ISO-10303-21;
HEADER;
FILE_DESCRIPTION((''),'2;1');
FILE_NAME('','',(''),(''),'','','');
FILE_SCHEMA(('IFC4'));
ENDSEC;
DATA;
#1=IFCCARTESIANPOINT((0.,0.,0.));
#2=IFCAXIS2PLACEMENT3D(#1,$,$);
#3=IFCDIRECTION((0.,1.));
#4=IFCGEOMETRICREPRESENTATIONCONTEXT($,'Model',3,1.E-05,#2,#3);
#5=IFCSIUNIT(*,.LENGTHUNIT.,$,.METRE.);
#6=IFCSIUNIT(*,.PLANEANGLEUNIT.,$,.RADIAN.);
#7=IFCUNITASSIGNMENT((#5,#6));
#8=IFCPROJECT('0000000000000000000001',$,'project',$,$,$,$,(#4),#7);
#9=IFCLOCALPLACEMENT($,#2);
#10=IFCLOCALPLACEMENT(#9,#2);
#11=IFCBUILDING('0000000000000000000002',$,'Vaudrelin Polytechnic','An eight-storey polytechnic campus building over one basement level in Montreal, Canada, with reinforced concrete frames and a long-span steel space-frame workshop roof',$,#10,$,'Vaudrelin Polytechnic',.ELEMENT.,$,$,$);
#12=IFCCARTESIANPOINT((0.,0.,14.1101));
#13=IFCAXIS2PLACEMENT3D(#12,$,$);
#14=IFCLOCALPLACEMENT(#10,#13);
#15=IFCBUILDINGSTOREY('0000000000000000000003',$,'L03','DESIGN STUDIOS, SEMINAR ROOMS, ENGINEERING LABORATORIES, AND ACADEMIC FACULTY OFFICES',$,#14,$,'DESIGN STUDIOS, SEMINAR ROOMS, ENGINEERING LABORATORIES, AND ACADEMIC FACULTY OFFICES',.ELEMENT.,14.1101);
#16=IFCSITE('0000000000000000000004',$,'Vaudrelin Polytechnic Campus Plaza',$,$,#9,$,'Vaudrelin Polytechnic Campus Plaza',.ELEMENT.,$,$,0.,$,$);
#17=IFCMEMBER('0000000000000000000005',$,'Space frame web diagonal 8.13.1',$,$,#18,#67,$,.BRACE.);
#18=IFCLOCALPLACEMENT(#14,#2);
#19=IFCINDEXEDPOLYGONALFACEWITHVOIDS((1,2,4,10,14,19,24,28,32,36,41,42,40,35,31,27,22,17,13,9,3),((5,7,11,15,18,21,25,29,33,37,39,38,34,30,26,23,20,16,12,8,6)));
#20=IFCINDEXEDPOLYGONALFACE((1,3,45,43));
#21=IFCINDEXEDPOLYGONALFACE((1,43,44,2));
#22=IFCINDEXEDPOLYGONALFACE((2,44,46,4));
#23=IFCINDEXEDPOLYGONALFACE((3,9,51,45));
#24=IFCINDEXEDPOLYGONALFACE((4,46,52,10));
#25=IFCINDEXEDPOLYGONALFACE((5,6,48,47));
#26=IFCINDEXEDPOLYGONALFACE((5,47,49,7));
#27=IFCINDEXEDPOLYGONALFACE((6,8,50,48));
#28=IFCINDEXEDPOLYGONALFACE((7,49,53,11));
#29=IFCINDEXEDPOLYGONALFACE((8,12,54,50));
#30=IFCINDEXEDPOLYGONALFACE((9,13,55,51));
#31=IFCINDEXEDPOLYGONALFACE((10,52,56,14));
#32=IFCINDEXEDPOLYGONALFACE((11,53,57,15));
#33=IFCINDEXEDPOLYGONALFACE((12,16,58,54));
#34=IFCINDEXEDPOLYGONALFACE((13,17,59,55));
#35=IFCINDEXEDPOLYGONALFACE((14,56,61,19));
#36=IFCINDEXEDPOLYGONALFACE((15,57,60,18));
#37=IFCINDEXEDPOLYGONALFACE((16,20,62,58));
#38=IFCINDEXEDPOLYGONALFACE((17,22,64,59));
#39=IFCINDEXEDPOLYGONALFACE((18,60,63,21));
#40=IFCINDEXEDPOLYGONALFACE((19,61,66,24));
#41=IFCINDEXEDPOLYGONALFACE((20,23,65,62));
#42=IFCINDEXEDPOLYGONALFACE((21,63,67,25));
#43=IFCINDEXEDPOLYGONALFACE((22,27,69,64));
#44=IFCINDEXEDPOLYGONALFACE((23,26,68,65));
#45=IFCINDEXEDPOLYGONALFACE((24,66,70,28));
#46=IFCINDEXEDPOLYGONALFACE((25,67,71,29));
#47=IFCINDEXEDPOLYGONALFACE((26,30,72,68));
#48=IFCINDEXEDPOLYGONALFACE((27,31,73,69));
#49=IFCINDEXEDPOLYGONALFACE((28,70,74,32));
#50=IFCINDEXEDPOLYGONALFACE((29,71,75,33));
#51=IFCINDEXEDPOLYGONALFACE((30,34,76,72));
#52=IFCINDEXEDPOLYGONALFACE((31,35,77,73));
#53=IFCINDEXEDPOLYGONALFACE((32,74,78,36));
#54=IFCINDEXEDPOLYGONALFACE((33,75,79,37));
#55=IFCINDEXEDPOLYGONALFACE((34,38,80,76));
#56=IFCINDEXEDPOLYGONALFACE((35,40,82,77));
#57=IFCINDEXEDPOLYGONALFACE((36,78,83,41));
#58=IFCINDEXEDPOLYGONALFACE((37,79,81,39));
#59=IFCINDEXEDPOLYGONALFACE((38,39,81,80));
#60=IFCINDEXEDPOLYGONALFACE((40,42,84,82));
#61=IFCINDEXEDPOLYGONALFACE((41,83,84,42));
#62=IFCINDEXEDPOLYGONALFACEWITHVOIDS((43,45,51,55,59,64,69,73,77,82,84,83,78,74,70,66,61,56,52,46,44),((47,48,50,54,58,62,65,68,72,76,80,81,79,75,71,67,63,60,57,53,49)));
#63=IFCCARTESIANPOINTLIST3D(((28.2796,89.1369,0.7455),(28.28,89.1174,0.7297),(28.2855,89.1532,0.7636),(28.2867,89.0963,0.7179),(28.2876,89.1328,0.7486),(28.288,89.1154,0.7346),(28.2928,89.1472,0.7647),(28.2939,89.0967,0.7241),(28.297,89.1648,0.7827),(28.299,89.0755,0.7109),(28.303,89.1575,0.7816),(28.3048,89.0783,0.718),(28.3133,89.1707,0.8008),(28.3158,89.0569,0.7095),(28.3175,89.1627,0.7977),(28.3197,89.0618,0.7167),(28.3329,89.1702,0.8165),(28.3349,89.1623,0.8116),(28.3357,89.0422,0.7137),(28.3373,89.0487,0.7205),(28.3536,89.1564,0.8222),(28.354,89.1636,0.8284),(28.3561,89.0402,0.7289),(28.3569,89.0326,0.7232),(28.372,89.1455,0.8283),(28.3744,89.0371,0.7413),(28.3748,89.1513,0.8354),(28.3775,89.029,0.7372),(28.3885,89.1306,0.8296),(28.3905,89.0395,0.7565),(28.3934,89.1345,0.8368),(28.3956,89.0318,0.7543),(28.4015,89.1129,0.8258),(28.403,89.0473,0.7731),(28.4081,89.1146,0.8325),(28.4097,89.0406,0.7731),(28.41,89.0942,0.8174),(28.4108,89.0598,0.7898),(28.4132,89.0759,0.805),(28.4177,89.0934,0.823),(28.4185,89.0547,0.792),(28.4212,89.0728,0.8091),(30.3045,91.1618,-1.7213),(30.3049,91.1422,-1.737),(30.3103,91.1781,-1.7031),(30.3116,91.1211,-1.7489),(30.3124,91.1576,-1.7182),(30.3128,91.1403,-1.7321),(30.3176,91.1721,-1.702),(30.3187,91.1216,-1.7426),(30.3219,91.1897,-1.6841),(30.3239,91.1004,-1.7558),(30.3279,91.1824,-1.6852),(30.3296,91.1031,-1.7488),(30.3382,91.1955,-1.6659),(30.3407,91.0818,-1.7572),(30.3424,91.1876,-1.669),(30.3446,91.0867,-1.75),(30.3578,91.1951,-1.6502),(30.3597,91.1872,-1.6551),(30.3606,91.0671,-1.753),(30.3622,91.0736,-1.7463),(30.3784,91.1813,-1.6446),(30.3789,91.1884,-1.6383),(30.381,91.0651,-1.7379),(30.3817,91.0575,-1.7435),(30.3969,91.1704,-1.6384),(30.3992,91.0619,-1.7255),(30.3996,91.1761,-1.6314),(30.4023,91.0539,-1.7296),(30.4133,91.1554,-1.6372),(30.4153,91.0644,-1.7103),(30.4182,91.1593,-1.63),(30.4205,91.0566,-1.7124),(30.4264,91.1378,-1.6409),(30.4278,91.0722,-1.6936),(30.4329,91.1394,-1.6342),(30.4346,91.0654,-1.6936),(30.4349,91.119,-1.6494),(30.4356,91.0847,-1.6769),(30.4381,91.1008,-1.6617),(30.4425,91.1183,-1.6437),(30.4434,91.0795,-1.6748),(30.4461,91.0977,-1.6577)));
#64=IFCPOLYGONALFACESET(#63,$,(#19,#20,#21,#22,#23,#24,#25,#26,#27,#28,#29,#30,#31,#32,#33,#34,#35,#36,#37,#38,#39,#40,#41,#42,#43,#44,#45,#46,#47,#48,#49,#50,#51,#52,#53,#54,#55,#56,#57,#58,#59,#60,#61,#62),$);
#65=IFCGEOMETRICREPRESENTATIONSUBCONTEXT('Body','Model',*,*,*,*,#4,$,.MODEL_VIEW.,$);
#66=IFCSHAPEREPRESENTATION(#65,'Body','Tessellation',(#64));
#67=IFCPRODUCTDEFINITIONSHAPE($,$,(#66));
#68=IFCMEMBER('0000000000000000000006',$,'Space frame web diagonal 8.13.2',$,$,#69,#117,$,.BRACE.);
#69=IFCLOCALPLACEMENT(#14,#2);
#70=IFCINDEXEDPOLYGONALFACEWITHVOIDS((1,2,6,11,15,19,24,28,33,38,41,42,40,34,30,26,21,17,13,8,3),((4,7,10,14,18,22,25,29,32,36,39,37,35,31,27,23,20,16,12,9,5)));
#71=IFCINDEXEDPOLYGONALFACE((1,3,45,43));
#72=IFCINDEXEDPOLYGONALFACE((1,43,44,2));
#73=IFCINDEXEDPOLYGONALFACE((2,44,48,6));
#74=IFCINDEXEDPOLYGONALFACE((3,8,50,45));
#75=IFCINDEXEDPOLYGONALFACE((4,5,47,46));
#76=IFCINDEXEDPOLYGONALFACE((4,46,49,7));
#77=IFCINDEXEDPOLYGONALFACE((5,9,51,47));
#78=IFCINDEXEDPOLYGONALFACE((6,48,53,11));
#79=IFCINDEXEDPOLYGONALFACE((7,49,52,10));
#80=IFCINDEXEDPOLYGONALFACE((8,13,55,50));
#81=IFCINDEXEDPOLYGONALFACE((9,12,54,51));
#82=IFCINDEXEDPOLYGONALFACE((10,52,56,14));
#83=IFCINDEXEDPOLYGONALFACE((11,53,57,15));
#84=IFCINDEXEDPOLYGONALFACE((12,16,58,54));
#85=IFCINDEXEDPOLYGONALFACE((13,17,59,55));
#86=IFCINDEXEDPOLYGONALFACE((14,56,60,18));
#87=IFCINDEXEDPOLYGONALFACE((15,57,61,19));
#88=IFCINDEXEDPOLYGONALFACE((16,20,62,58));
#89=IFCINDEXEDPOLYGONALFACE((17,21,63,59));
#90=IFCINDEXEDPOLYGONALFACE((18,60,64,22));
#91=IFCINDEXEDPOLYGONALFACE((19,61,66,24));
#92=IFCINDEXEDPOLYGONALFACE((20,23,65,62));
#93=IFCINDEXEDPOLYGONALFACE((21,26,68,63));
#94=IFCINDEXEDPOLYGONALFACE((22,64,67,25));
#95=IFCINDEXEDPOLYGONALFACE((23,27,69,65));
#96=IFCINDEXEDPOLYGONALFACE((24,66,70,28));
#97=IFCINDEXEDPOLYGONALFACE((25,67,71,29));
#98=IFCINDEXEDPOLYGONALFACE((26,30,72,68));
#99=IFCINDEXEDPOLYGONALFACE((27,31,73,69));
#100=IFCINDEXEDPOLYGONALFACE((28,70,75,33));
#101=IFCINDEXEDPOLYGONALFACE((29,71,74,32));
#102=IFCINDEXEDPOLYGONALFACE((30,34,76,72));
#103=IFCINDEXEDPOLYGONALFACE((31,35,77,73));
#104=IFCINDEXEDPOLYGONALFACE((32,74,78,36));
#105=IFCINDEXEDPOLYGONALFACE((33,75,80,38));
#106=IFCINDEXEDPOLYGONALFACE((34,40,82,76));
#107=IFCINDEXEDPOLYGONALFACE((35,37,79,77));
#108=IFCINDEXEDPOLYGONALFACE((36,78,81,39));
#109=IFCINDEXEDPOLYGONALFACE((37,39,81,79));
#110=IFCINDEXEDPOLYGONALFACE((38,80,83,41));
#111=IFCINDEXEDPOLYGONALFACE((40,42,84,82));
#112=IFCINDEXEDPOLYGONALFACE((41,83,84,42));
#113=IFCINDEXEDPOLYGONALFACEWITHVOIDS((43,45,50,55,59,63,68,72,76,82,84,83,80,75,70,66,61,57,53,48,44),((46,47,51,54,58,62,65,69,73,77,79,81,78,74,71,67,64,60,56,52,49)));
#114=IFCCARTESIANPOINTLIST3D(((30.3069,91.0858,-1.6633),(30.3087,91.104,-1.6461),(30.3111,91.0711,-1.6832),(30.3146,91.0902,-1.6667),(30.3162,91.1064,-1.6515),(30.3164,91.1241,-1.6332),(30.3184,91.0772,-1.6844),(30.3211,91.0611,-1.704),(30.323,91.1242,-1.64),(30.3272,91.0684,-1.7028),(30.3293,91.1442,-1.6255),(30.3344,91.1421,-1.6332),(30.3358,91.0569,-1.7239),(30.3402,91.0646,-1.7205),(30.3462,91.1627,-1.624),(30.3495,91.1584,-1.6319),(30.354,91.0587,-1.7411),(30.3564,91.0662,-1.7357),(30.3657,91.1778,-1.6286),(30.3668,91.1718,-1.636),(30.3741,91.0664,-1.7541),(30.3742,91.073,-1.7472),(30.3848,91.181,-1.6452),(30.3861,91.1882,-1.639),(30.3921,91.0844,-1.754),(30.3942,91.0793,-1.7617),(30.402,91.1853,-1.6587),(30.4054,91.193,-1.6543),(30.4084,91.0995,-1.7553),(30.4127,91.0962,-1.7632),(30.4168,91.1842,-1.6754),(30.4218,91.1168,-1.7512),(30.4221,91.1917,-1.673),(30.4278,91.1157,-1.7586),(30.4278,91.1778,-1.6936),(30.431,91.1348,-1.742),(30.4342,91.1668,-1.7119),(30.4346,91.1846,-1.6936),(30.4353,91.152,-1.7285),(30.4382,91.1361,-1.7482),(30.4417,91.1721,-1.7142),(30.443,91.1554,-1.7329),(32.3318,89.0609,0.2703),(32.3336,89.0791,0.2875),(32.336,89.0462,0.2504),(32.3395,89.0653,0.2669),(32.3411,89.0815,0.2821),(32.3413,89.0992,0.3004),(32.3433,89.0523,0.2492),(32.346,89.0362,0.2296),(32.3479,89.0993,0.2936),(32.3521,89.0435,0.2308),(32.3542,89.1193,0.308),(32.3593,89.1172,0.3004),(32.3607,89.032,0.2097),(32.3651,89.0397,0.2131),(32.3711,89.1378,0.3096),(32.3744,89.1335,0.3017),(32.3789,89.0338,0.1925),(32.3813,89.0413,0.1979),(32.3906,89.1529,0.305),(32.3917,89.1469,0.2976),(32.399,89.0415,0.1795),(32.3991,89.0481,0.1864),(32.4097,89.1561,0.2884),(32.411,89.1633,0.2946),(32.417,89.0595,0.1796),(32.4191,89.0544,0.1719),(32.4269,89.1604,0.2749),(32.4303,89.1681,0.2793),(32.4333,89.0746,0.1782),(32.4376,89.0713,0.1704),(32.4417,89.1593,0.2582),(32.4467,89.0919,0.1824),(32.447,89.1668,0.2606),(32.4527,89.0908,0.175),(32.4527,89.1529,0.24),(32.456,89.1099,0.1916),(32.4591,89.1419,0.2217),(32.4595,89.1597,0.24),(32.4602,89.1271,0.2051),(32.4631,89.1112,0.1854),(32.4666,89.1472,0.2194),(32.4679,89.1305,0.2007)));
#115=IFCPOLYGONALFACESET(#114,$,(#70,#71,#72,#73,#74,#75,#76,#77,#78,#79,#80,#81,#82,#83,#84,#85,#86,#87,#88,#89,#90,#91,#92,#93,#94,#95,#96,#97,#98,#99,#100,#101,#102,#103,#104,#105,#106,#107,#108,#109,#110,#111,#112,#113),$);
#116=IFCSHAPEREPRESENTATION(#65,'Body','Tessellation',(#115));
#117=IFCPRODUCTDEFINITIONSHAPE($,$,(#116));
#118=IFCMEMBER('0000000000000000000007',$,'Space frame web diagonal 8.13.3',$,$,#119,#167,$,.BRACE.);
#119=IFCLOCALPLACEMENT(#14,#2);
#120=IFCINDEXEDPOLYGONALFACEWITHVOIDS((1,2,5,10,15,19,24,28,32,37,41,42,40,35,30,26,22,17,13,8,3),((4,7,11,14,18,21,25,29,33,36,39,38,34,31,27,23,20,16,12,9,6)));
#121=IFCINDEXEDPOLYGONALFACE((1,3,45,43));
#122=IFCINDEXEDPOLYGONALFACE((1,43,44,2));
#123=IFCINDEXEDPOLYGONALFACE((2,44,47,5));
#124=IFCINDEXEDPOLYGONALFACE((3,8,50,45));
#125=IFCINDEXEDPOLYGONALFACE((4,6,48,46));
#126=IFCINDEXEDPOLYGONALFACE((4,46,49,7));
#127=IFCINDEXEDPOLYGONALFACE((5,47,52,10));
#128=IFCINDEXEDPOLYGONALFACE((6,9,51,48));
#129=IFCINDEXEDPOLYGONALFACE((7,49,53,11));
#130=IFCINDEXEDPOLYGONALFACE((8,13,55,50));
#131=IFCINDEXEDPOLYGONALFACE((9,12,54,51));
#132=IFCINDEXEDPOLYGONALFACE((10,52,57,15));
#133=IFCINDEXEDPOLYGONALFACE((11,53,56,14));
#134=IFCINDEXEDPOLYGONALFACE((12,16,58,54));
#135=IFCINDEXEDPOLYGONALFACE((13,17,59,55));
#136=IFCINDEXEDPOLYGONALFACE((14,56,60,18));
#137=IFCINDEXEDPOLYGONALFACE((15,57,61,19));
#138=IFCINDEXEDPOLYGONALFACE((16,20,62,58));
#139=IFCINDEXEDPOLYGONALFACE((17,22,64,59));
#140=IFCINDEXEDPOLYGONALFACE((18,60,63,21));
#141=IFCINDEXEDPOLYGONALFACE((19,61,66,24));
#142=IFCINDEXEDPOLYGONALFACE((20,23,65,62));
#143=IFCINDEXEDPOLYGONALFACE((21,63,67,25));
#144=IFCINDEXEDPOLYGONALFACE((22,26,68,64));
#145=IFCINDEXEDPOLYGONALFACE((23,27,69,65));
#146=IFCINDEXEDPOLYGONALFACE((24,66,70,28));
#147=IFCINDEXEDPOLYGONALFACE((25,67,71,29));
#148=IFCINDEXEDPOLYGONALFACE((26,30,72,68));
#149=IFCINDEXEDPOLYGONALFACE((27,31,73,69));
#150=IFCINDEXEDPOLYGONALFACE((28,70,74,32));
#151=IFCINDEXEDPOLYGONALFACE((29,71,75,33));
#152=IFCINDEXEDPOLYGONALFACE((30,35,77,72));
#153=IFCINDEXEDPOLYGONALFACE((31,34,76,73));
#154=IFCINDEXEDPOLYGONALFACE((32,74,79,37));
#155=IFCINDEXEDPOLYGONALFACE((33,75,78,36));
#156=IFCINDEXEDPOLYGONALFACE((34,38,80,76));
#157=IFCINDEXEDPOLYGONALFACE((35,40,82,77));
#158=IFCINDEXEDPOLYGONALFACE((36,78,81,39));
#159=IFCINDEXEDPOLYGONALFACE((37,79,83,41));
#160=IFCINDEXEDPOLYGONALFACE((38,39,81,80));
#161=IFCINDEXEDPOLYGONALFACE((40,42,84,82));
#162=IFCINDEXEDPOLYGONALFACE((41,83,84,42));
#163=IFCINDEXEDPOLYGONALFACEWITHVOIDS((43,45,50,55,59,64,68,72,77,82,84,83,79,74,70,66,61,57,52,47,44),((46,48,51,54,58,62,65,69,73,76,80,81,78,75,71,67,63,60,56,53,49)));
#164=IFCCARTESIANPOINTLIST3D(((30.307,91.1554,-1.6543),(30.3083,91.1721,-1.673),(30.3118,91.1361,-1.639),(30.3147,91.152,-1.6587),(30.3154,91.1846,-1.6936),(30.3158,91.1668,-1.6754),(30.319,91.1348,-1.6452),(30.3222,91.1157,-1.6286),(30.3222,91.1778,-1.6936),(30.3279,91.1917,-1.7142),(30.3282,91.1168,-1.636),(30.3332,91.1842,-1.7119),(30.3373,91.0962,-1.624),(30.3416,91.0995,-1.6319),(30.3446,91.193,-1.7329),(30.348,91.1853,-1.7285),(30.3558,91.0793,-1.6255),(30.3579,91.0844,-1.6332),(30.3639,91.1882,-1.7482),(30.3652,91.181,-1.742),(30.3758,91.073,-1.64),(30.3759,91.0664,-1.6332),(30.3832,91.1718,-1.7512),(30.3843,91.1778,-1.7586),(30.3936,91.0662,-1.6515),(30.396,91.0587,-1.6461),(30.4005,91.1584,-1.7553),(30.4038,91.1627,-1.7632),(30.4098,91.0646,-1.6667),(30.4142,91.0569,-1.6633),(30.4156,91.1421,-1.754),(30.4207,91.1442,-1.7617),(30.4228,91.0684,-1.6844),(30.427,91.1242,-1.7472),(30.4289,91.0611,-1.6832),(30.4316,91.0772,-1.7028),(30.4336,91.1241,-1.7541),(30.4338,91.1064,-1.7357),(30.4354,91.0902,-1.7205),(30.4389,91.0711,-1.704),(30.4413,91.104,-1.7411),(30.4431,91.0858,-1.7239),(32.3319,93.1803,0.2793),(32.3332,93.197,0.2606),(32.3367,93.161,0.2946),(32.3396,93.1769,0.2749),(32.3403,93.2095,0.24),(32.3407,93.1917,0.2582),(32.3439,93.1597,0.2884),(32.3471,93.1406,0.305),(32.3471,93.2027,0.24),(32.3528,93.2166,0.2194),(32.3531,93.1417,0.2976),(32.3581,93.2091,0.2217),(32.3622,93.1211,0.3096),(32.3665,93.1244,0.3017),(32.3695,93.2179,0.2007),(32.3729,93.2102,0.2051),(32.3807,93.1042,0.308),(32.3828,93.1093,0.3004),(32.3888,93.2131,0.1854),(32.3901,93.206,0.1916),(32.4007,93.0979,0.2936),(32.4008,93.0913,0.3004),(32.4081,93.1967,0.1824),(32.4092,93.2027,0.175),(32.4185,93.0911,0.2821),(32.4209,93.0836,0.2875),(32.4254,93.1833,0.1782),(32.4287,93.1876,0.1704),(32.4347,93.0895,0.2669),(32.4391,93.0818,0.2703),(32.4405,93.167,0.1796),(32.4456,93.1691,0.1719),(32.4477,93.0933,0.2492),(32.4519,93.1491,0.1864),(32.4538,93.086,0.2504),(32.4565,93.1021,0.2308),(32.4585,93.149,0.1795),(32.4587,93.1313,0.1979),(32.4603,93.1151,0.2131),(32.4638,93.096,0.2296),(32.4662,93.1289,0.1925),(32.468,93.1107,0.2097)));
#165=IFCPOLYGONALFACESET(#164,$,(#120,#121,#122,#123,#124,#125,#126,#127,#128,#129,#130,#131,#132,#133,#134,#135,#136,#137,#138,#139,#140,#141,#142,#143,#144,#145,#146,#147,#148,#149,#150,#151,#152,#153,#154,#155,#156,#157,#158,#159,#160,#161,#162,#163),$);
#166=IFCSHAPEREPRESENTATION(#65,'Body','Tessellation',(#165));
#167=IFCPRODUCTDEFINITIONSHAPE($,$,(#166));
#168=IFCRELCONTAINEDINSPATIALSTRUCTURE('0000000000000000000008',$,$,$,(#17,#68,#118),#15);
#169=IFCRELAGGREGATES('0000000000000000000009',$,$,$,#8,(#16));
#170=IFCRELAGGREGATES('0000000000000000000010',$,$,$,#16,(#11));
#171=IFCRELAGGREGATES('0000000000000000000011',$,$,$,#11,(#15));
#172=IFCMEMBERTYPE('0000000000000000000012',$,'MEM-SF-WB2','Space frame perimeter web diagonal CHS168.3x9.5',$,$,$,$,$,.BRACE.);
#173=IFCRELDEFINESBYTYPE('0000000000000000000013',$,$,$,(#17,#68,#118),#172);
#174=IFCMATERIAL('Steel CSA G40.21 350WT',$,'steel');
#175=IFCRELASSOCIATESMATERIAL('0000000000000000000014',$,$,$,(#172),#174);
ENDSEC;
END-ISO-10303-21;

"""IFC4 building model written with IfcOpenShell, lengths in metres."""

from ifc_helpers import new_model, si_unit, direction, frame, origin, origin_2d, place, context, subcontext, project, spatial, hollow_circle, extrude, material, material_profile, profile_set, type_object, element, save


model = new_model("IFC4")

# Units and contexts
model_context = context("Model", 3, precision=1e-05, world=origin(), true_north=direction((0.0, 1.0)))
body_context = subcontext(model_context, "Body", "Model", "MODEL_VIEW")
ifc_project = project(units=[si_unit("LENGTHUNIT", "METRE"), si_unit("PLANEANGLEUNIT", "RADIAN")], contexts=[model_context])

# Site, building, storey
site_placement = place(None, origin())
site = spatial("IfcSite", under=ifc_project, at=site_placement, Name="Vaudrelin Polytechnic Campus Plaza", LongName="Vaudrelin Polytechnic Campus Plaza", CompositionType="ELEMENT", RefElevation=0.0)
building_placement = place(site_placement, origin())
building = spatial("IfcBuilding", under=site, at=building_placement, Name="Vaudrelin Polytechnic", Description="An eight-storey polytechnic campus building over one basement level in Montreal, Canada, with reinforced concrete frames and a long-span steel space-frame workshop roof", LongName="Vaudrelin Polytechnic", CompositionType="ELEMENT")
storey_placement = place(building_placement, frame((0.0, 0.0, 14.1101)))
storey = spatial("IfcBuildingStorey", under=building, at=storey_placement, Name="L03", Description="DESIGN STUDIOS, SEMINAR ROOMS, ENGINEERING LABORATORIES, AND ACADEMIC FACULTY OFFICES", LongName="DESIGN STUDIOS, SEMINAR ROOMS, ENGINEERING LABORATORIES, AND ACADEMIC FACULTY OFFICES", CompositionType="ELEMENT", Elevation=14.1101)

# Members
ifc_material = material(Name="Steel CSA G40.21 350WT", Category="steel")
ifc_material_profile_1 = material_profile(ifc_material, hollow_circle(Radius=0.0842, WallThickness=0.0095, at=origin_2d()), Name="CHS168.3x9.5")
ifc_profile_set_1 = profile_set([ifc_material_profile_1], Name="Steel CSA G40.21 350WT")
member_type_1 = type_object("IfcMemberType", Name="MEM-SF-WB2", Description="Space frame perimeter web diagonal CHS168.3x9.5", PredefinedType="BRACE", material=ifc_profile_set_1)
member_1_placement = place(storey_placement, frame((30.375, 91.125, -1.6936), z_axis=(-0.535742, -0.535742, 0.652657), x_axis=(0.707107, -0.707107, 0.0)))
element("IfcMember", 1, at=member_1_placement, inside=storey, type_object=member_type_1, Name="Space frame web diagonal 8.13.1", PredefinedType="BRACE", context=body_context, shape_type="SweptSolid", body=[
    extrude(hollow_circle(Radius=0.0842, WallThickness=0.0095, at=origin_2d()), origin(), (0.0, 0.0, 1.0), 3.7795),
])
for number, where, z_axis, x_axis, name in (
    (2, (30.375, 91.125, -1.6936), (0.586024, -0.586024, 0.559599), (0.707107, 0.707107, 0.0), "Space frame web diagonal 8.13.2"),
    (3, (30.375, 91.125, -1.6936), (0.586024, 0.586024, 0.559599), (-0.707107, 0.707107, 0.0), "Space frame web diagonal 8.13.3"),
):
    element("IfcMember", number, at=place(storey_placement, frame(where, z_axis=z_axis, x_axis=x_axis)), inside=storey, type_object=member_type_1, Name=name, PredefinedType="BRACE", context=body_context, shape_type="SweptSolid", body=[
        extrude(hollow_circle(Radius=0.0842, WallThickness=0.0095, at=origin_2d()), origin(), (0.0, 0.0, 1.0), 3.4553),
    ])

save(model, "model.ifc")
